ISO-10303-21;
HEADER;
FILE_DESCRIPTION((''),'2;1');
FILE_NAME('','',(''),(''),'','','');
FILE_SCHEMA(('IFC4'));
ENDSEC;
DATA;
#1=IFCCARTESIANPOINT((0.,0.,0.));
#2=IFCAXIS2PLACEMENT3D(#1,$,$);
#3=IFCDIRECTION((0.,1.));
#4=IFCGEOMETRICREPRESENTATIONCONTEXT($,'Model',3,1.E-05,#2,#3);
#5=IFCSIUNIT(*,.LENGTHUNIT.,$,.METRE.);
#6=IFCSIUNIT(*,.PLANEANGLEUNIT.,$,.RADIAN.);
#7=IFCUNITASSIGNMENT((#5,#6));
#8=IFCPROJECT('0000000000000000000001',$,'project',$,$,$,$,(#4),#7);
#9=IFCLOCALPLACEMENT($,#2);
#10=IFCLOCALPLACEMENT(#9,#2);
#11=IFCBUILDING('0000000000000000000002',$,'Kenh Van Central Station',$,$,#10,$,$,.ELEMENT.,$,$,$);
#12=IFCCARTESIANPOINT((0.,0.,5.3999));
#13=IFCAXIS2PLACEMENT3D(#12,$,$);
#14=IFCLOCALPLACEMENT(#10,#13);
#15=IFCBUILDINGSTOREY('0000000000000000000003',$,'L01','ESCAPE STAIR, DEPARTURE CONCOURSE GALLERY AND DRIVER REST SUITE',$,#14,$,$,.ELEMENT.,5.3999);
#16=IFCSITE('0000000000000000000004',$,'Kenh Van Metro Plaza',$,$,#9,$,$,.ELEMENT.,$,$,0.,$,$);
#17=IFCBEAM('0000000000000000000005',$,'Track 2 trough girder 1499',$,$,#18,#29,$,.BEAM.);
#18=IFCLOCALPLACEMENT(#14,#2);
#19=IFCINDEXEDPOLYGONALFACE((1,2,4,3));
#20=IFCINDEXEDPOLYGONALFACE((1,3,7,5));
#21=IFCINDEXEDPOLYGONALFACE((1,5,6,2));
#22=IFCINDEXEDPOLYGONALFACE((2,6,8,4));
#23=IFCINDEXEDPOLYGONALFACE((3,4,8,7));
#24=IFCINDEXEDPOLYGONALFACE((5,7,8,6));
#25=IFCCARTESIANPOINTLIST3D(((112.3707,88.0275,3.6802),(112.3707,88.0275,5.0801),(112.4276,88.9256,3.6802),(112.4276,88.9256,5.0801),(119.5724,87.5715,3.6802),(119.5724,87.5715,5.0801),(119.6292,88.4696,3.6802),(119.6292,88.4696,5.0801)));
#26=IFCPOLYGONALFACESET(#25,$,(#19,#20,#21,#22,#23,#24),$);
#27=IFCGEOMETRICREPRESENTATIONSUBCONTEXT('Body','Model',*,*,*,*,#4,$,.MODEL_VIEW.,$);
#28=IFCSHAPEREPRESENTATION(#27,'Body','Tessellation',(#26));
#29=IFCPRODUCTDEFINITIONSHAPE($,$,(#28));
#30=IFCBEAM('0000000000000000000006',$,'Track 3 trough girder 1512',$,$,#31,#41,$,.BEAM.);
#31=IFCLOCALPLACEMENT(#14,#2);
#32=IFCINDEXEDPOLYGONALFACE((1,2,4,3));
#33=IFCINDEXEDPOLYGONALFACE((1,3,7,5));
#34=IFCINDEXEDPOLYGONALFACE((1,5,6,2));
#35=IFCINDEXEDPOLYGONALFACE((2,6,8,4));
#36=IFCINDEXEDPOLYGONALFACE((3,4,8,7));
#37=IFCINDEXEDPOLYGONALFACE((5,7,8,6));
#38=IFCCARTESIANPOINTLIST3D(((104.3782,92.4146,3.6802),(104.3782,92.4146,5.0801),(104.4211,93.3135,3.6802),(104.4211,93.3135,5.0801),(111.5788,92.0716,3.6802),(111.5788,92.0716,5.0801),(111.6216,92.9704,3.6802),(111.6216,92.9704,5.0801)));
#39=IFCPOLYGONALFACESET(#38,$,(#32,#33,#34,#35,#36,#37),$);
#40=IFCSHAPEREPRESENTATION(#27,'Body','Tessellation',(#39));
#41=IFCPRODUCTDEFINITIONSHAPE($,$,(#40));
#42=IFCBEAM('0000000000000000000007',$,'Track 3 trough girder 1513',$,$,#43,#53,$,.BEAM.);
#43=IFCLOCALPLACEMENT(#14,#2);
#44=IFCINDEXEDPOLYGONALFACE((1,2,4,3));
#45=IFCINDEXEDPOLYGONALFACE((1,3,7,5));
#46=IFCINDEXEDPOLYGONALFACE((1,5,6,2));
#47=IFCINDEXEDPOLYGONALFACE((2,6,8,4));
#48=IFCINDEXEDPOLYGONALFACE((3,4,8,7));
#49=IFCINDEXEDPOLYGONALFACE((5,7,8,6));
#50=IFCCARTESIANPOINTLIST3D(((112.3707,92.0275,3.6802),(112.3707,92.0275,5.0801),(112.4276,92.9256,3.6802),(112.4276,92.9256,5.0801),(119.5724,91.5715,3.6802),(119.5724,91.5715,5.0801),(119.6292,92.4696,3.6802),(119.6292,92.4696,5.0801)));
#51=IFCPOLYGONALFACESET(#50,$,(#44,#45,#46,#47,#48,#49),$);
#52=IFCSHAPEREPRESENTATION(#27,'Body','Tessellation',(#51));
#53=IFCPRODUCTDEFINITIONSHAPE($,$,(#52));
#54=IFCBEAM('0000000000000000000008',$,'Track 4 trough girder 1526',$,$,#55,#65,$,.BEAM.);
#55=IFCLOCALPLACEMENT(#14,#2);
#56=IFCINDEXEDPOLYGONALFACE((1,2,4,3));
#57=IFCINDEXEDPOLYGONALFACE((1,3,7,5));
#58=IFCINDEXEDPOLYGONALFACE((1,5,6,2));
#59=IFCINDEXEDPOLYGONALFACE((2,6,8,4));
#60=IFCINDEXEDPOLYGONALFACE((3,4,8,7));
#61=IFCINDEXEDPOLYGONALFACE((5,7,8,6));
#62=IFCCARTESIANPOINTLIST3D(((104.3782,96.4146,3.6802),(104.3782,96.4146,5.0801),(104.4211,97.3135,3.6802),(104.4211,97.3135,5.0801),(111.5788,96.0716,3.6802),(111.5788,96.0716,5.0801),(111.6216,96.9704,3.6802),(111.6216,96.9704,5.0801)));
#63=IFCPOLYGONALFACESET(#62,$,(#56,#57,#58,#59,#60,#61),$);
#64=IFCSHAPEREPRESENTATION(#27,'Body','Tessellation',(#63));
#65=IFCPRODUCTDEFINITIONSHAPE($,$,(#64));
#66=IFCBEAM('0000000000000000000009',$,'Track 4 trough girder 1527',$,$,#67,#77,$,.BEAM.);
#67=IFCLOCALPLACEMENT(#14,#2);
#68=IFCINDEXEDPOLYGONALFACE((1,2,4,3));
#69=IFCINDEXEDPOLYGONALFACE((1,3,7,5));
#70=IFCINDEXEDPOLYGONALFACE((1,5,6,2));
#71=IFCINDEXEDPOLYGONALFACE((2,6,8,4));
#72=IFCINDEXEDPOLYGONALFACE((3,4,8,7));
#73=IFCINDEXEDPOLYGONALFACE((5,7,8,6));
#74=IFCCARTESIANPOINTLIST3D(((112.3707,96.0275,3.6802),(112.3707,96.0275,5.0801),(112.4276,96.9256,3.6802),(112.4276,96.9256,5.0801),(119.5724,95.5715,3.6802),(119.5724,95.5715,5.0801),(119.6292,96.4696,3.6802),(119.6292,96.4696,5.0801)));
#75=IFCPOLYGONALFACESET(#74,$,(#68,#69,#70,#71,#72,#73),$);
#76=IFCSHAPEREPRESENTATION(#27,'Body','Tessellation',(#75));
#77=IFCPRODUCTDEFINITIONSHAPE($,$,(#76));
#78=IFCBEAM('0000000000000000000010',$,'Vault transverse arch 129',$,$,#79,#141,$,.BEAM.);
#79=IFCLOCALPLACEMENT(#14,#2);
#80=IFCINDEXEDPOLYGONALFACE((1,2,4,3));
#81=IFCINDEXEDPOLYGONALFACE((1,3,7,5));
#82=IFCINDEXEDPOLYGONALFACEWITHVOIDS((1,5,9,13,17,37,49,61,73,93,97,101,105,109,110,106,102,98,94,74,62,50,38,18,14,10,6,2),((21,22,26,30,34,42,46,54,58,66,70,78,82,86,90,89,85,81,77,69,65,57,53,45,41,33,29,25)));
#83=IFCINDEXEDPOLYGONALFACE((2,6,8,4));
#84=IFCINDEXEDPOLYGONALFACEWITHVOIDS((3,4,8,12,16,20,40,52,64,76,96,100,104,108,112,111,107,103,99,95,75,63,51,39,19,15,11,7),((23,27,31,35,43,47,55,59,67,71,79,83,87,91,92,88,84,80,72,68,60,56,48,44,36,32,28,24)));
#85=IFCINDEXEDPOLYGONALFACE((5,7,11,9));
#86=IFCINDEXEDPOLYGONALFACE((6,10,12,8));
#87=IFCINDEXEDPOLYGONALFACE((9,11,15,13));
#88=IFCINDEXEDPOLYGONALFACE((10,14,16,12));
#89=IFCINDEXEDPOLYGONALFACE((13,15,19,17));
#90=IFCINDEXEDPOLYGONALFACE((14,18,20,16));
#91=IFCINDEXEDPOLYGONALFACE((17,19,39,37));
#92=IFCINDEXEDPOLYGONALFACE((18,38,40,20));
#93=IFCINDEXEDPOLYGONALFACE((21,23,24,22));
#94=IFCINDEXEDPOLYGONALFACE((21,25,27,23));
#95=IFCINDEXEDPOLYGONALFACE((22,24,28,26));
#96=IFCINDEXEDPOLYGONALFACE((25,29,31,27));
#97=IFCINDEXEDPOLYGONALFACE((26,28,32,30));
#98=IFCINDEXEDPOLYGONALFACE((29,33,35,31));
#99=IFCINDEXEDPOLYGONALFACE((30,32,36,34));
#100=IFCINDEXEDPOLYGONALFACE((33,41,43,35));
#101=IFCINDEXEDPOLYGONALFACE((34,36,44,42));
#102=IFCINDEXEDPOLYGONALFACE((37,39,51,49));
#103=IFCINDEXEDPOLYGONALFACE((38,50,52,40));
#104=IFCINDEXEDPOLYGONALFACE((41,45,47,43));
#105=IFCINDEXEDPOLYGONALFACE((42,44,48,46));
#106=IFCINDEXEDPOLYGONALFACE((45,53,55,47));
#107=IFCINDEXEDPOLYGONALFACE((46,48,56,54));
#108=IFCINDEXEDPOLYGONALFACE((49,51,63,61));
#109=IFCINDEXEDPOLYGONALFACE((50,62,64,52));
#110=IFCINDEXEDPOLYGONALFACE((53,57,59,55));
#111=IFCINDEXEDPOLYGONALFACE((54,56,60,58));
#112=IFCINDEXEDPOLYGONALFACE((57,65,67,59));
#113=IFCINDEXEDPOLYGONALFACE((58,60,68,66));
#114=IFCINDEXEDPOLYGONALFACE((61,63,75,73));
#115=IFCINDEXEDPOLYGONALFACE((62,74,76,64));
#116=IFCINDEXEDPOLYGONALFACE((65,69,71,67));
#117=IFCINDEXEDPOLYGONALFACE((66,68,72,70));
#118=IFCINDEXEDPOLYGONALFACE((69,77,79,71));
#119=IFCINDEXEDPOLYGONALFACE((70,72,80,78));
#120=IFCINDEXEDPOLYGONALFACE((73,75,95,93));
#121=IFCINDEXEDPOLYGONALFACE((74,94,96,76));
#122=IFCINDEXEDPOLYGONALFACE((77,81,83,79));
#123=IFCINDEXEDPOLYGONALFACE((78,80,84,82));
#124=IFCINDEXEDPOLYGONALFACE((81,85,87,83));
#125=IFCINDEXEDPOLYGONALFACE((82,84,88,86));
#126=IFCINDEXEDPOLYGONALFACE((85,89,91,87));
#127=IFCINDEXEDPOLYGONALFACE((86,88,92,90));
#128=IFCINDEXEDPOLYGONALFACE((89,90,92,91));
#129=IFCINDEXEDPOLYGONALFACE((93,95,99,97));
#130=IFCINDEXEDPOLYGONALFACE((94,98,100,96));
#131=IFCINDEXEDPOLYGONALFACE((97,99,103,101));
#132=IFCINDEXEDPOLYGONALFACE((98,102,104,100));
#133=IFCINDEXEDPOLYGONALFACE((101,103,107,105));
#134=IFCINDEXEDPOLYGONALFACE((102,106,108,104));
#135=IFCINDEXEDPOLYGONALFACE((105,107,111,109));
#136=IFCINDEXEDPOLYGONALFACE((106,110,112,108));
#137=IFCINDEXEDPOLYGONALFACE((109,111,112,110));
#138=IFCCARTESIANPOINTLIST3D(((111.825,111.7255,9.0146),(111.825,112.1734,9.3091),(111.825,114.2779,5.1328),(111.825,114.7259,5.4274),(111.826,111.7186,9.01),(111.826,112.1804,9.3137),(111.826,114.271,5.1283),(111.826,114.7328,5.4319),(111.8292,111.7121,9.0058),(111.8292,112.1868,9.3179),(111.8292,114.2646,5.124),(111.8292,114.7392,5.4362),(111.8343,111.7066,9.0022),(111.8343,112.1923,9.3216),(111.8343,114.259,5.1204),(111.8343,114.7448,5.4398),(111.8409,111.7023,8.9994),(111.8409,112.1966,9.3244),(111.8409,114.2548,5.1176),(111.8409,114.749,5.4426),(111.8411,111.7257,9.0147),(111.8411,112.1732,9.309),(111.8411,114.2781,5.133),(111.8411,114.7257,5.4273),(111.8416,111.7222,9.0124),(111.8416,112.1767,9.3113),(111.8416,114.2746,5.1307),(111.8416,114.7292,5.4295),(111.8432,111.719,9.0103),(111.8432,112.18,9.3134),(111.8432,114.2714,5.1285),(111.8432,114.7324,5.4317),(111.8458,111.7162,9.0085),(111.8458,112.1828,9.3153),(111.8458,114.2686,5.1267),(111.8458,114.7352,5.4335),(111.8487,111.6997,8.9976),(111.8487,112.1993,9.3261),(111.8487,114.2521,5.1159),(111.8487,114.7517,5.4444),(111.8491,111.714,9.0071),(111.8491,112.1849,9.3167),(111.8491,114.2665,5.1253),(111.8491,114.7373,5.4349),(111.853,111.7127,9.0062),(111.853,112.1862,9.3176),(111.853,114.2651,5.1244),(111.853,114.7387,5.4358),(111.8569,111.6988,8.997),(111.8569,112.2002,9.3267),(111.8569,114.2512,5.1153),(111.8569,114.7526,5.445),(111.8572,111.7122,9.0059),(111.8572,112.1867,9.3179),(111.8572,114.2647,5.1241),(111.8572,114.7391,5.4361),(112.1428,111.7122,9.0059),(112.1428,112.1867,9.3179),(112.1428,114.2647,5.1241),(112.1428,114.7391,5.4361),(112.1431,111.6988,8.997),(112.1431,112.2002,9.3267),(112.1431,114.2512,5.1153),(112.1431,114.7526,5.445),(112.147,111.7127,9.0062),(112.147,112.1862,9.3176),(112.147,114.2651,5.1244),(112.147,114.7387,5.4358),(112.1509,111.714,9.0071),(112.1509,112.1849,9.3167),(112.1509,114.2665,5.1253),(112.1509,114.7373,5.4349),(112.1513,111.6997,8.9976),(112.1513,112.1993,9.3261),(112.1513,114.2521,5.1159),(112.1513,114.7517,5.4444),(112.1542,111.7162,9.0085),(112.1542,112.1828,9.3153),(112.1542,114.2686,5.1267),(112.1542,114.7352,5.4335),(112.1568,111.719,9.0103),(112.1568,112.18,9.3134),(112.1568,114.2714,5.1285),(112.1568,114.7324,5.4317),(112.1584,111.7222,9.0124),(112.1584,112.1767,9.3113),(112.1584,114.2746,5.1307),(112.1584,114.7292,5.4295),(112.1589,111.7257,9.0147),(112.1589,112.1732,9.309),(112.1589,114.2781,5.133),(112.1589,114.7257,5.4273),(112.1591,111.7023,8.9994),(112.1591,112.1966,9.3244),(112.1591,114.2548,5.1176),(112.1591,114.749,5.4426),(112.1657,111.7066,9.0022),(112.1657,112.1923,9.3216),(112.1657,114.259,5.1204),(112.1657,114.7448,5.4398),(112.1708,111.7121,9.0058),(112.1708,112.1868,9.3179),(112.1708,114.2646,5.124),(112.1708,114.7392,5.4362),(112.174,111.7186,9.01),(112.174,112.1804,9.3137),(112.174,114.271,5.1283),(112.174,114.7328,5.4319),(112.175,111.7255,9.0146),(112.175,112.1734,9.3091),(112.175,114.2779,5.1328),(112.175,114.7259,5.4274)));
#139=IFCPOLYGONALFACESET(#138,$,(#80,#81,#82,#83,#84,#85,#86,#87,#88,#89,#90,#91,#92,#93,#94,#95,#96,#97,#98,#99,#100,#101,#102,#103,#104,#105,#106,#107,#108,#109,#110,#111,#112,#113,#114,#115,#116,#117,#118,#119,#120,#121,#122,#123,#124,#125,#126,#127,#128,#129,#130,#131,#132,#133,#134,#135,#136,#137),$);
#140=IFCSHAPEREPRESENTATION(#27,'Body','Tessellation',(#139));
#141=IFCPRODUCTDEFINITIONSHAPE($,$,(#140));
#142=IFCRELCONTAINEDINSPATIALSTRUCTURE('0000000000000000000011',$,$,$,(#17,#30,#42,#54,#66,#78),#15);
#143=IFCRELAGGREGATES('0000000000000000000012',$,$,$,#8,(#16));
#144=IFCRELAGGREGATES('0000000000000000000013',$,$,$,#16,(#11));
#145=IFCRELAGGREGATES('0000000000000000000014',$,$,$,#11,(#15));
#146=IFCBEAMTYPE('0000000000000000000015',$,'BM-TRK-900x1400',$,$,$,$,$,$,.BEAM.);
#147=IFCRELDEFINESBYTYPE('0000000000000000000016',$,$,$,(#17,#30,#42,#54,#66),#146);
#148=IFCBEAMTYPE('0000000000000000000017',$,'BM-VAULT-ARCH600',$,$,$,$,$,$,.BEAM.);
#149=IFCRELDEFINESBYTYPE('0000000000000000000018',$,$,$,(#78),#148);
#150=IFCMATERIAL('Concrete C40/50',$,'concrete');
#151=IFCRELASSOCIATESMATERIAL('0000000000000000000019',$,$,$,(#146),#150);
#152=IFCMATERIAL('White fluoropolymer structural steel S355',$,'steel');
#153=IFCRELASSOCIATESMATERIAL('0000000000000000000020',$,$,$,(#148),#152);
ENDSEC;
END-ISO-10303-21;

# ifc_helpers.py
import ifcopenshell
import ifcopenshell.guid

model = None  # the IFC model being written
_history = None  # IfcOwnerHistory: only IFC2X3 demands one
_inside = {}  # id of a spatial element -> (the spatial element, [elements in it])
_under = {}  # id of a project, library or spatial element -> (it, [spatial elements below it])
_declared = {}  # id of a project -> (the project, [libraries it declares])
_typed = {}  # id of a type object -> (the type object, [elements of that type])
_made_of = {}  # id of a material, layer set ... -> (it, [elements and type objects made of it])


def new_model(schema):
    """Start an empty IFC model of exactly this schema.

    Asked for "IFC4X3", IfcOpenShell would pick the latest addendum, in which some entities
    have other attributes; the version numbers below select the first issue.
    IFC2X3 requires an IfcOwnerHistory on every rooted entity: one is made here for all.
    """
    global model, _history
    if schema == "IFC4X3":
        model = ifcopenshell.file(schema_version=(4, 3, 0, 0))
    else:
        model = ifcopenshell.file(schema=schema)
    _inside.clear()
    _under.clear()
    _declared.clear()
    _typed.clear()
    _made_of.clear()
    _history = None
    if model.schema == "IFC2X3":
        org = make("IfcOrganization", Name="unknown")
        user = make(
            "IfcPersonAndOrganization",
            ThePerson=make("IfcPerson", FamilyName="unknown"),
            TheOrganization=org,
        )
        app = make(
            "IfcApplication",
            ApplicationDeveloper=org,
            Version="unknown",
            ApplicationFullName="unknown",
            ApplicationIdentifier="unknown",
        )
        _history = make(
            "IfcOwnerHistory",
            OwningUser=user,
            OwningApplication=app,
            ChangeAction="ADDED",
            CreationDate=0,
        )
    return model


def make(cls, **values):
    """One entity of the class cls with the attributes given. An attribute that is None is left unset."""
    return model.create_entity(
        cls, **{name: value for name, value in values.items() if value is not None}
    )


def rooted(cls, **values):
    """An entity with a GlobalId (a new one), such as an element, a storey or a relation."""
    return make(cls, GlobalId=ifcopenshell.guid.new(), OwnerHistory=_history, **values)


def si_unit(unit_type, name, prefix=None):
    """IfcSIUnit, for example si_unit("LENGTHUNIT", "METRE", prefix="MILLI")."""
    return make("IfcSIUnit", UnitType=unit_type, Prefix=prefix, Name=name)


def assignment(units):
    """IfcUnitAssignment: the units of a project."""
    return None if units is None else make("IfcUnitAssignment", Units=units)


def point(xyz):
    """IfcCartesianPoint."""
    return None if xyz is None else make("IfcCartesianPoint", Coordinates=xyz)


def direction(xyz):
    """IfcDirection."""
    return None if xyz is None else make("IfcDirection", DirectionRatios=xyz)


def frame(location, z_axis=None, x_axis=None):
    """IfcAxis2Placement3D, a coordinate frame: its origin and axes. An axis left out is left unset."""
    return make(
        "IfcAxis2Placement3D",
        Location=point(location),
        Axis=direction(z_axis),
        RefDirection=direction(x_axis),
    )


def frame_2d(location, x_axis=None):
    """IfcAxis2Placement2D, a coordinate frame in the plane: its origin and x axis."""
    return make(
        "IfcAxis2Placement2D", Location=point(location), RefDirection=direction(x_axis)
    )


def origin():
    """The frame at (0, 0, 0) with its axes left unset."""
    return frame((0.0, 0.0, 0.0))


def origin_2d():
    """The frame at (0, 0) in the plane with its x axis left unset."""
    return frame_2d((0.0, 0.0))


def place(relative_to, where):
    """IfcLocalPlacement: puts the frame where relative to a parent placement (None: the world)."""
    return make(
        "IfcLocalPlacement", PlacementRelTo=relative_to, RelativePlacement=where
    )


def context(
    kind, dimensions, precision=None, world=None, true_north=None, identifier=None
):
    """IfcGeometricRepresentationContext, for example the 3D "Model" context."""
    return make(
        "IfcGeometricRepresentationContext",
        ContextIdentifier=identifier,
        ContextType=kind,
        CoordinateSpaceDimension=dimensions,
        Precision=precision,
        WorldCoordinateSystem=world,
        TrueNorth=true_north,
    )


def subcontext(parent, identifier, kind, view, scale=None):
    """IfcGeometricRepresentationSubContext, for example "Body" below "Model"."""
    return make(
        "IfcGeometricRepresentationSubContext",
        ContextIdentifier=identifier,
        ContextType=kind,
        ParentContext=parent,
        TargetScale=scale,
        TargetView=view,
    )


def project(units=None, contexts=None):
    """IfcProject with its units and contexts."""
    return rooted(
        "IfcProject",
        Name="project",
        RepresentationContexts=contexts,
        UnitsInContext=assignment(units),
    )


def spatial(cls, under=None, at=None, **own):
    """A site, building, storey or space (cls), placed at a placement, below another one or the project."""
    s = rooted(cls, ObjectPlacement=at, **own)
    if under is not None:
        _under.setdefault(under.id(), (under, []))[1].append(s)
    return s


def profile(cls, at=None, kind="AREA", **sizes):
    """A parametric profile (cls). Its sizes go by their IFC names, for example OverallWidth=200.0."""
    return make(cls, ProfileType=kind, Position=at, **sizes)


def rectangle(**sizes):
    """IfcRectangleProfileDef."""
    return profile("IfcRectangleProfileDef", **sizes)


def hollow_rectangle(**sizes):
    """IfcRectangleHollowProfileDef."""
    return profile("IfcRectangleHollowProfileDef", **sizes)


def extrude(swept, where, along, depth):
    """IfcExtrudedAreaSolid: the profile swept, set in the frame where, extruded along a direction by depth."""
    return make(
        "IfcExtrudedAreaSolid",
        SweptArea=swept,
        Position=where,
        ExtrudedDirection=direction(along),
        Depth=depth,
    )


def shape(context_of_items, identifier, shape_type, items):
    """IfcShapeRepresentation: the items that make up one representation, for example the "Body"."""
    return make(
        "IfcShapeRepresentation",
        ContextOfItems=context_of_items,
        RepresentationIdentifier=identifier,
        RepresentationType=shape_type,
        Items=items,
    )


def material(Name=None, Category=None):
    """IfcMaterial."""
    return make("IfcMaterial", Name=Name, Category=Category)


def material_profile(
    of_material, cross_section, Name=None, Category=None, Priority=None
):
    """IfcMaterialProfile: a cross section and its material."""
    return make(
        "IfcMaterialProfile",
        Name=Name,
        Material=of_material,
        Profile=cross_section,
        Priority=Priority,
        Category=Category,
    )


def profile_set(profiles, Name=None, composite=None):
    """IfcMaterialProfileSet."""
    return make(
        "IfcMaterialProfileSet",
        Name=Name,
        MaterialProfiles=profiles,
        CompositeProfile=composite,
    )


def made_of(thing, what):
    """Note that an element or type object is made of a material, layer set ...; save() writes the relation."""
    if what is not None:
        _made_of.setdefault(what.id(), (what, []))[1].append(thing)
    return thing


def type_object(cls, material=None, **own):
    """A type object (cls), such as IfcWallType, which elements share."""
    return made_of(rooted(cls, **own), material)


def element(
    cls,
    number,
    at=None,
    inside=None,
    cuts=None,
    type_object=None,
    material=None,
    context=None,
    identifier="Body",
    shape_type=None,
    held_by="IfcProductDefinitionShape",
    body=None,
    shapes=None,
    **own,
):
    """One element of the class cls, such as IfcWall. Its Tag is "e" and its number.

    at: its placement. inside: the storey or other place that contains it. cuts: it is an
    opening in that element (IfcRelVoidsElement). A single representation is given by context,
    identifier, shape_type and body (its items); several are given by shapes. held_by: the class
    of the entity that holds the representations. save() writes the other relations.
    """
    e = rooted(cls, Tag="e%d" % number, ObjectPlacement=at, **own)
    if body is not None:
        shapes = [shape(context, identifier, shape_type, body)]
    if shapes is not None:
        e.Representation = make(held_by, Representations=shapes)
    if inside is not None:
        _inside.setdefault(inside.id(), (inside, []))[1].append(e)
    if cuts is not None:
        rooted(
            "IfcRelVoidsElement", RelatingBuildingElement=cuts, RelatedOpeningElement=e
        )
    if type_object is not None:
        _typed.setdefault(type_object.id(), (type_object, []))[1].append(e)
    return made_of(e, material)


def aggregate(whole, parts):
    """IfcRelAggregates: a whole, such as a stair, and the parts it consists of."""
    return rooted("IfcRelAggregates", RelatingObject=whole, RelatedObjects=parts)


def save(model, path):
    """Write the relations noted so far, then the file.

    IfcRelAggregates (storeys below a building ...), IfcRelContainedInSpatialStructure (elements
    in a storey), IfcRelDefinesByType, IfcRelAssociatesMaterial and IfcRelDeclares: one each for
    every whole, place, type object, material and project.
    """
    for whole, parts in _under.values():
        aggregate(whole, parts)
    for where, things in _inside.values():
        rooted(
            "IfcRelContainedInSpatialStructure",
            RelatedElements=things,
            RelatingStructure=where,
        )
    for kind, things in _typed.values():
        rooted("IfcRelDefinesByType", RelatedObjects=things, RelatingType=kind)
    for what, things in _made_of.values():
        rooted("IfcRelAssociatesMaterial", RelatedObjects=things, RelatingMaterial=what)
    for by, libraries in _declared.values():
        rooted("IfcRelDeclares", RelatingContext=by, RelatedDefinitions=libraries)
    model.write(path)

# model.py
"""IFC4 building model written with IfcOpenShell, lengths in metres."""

from ifc_helpers import new_model, si_unit, direction, frame, origin, origin_2d, place, context, subcontext, project, spatial, rectangle, hollow_rectangle, extrude, material, material_profile, profile_set, type_object, element, save


model = new_model("IFC4")

# Units and contexts
model_context = context("Model", 3, precision=1e-05, world=origin(), true_north=direction((0.0, 1.0)))
body_context = subcontext(model_context, "Body", "Model", "MODEL_VIEW")
ifc_project = project(units=[si_unit("LENGTHUNIT", "METRE"), si_unit("PLANEANGLEUNIT", "RADIAN")], contexts=[model_context])

# Site, building, storey
site_placement = place(None, origin())
site = spatial("IfcSite", under=ifc_project, at=site_placement, Name="Kenh Van Metro Plaza", CompositionType="ELEMENT", RefElevation=0.0)
building_placement = place(site_placement, origin())
building = spatial("IfcBuilding", under=site, at=building_placement, Name="Kenh Van Central Station", CompositionType="ELEMENT")
storey_placement = place(building_placement, frame((0.0, 0.0, 5.3999)))
storey = spatial("IfcBuildingStorey", under=building, at=storey_placement, Name="L01", Description="ESCAPE STAIR, DEPARTURE CONCOURSE GALLERY AND DRIVER REST SUITE", CompositionType="ELEMENT", Elevation=5.3999)

# Shared definitions
ifc_material_1 = material(Name="Concrete C40/50", Category="concrete")

# Beams
ifc_material_profile_1 = material_profile(ifc_material_1, rectangle(XDim=0.8999, YDim=1.3999, at=origin_2d()), Name="RC 900x1400")
ifc_profile_set_1 = profile_set([ifc_material_profile_1], Name="Concrete C40/50")
beam_type_1 = type_object("IfcBeamType", Name="BM-TRK-900x1400", PredefinedType="BEAM", material=ifc_profile_set_1)
beam_1_placement = place(storey_placement, frame((112.3992, 88.4766, 4.3801), z_axis=(0.998001, -0.0632, 0.0), x_axis=(0.0632, 0.998001, 0.0)))
element("IfcBeam", 1, at=beam_1_placement, inside=storey, type_object=beam_type_1, Name="Track 2 trough girder 1499", PredefinedType="BEAM", context=body_context, shape_type="SweptSolid", body=[
    extrude(rectangle(XDim=0.8999, YDim=1.3999, at=origin_2d()), origin(), (0.0, 0.0, 1.0), 7.2161),
])
beam_2_placement = place(storey_placement, frame((104.3997, 92.864, 4.3801), z_axis=(0.998867, -0.047583, 0.0), x_axis=(0.047583, 0.998867, 0.0)))
element("IfcBeam", 2, at=beam_2_placement, inside=storey, type_object=beam_type_1, Name="Track 3 trough girder 1512", PredefinedType="BEAM", context=body_context, shape_type="SweptSolid", body=[
    extrude(rectangle(XDim=0.8999, YDim=1.3999, at=origin_2d()), origin(), (0.0, 0.0, 1.0), 7.2087),
])
beam_3_placement = place(storey_placement, frame((112.3992, 92.4766, 4.3801), z_axis=(0.998001, -0.0632, 0.0), x_axis=(0.0632, 0.998001, 0.0)))
element("IfcBeam", 3, at=beam_3_placement, inside=storey, type_object=beam_type_1, Name="Track 3 trough girder 1513", PredefinedType="BEAM", context=body_context, shape_type="SweptSolid", body=[
    extrude(rectangle(XDim=0.8999, YDim=1.3999, at=origin_2d()), origin(), (0.0, 0.0, 1.0), 7.2161),
])
beam_4_placement = place(storey_placement, frame((104.3997, 96.864, 4.3801), z_axis=(0.998867, -0.047583, 0.0), x_axis=(0.047583, 0.998867, 0.0)))
element("IfcBeam", 4, at=beam_4_placement, inside=storey, type_object=beam_type_1, Name="Track 4 trough girder 1526", PredefinedType="BEAM", context=body_context, shape_type="SweptSolid", body=[
    extrude(rectangle(XDim=0.8999, YDim=1.3999, at=origin_2d()), origin(), (0.0, 0.0, 1.0), 7.2087),
])
beam_5_placement = place(storey_placement, frame((112.3992, 96.4766, 4.3801), z_axis=(0.998001, -0.0632, 0.0), x_axis=(0.0632, 0.998001, 0.0)))
element("IfcBeam", 5, at=beam_5_placement, inside=storey, type_object=beam_type_1, Name="Track 4 trough girder 1527", PredefinedType="BEAM", context=body_context, shape_type="SweptSolid", body=[
    extrude(rectangle(XDim=0.8999, YDim=1.3999, at=origin_2d()), origin(), (0.0, 0.0, 1.0), 7.2161),
])
ifc_material_2 = material(Name="White fluoropolymer structural steel S355", Category="steel")
ifc_material_profile_2 = material_profile(ifc_material_2, hollow_rectangle(XDim=0.3501, YDim=0.6001, WallThickness=0.0161, InnerFilletRadius=0.0161, OuterFilletRadius=0.032, at=origin_2d()), Name="RHS 600x350x16")
ifc_profile_set_2 = profile_set([ifc_material_profile_2], Name="White fluoropolymer structural steel S355")
beam_type_2 = type_object("IfcBeamType", Name="BM-VAULT-ARCH600", PredefinedType="BEAM", material=ifc_profile_set_2)
beam_6_placement = place(storey_placement, frame((112.0, 111.9495, 9.1619), z_axis=(0.0, 0.549414, -0.83555), x_axis=(-1.0, 0.0, 0.0)))
element("IfcBeam", 6, at=beam_6_placement, inside=storey, type_object=beam_type_2, Name="Vault transverse arch 129", PredefinedType="BEAM", context=body_context, shape_type="SweptSolid", body=[
    extrude(hollow_rectangle(XDim=0.3501, YDim=0.6001, WallThickness=0.0161, InnerFilletRadius=0.0161, OuterFilletRadius=0.032, at=origin_2d()), origin(), (0.0, 0.0, 1.0), 4.6458),
])

save(model, "model.ifc")
